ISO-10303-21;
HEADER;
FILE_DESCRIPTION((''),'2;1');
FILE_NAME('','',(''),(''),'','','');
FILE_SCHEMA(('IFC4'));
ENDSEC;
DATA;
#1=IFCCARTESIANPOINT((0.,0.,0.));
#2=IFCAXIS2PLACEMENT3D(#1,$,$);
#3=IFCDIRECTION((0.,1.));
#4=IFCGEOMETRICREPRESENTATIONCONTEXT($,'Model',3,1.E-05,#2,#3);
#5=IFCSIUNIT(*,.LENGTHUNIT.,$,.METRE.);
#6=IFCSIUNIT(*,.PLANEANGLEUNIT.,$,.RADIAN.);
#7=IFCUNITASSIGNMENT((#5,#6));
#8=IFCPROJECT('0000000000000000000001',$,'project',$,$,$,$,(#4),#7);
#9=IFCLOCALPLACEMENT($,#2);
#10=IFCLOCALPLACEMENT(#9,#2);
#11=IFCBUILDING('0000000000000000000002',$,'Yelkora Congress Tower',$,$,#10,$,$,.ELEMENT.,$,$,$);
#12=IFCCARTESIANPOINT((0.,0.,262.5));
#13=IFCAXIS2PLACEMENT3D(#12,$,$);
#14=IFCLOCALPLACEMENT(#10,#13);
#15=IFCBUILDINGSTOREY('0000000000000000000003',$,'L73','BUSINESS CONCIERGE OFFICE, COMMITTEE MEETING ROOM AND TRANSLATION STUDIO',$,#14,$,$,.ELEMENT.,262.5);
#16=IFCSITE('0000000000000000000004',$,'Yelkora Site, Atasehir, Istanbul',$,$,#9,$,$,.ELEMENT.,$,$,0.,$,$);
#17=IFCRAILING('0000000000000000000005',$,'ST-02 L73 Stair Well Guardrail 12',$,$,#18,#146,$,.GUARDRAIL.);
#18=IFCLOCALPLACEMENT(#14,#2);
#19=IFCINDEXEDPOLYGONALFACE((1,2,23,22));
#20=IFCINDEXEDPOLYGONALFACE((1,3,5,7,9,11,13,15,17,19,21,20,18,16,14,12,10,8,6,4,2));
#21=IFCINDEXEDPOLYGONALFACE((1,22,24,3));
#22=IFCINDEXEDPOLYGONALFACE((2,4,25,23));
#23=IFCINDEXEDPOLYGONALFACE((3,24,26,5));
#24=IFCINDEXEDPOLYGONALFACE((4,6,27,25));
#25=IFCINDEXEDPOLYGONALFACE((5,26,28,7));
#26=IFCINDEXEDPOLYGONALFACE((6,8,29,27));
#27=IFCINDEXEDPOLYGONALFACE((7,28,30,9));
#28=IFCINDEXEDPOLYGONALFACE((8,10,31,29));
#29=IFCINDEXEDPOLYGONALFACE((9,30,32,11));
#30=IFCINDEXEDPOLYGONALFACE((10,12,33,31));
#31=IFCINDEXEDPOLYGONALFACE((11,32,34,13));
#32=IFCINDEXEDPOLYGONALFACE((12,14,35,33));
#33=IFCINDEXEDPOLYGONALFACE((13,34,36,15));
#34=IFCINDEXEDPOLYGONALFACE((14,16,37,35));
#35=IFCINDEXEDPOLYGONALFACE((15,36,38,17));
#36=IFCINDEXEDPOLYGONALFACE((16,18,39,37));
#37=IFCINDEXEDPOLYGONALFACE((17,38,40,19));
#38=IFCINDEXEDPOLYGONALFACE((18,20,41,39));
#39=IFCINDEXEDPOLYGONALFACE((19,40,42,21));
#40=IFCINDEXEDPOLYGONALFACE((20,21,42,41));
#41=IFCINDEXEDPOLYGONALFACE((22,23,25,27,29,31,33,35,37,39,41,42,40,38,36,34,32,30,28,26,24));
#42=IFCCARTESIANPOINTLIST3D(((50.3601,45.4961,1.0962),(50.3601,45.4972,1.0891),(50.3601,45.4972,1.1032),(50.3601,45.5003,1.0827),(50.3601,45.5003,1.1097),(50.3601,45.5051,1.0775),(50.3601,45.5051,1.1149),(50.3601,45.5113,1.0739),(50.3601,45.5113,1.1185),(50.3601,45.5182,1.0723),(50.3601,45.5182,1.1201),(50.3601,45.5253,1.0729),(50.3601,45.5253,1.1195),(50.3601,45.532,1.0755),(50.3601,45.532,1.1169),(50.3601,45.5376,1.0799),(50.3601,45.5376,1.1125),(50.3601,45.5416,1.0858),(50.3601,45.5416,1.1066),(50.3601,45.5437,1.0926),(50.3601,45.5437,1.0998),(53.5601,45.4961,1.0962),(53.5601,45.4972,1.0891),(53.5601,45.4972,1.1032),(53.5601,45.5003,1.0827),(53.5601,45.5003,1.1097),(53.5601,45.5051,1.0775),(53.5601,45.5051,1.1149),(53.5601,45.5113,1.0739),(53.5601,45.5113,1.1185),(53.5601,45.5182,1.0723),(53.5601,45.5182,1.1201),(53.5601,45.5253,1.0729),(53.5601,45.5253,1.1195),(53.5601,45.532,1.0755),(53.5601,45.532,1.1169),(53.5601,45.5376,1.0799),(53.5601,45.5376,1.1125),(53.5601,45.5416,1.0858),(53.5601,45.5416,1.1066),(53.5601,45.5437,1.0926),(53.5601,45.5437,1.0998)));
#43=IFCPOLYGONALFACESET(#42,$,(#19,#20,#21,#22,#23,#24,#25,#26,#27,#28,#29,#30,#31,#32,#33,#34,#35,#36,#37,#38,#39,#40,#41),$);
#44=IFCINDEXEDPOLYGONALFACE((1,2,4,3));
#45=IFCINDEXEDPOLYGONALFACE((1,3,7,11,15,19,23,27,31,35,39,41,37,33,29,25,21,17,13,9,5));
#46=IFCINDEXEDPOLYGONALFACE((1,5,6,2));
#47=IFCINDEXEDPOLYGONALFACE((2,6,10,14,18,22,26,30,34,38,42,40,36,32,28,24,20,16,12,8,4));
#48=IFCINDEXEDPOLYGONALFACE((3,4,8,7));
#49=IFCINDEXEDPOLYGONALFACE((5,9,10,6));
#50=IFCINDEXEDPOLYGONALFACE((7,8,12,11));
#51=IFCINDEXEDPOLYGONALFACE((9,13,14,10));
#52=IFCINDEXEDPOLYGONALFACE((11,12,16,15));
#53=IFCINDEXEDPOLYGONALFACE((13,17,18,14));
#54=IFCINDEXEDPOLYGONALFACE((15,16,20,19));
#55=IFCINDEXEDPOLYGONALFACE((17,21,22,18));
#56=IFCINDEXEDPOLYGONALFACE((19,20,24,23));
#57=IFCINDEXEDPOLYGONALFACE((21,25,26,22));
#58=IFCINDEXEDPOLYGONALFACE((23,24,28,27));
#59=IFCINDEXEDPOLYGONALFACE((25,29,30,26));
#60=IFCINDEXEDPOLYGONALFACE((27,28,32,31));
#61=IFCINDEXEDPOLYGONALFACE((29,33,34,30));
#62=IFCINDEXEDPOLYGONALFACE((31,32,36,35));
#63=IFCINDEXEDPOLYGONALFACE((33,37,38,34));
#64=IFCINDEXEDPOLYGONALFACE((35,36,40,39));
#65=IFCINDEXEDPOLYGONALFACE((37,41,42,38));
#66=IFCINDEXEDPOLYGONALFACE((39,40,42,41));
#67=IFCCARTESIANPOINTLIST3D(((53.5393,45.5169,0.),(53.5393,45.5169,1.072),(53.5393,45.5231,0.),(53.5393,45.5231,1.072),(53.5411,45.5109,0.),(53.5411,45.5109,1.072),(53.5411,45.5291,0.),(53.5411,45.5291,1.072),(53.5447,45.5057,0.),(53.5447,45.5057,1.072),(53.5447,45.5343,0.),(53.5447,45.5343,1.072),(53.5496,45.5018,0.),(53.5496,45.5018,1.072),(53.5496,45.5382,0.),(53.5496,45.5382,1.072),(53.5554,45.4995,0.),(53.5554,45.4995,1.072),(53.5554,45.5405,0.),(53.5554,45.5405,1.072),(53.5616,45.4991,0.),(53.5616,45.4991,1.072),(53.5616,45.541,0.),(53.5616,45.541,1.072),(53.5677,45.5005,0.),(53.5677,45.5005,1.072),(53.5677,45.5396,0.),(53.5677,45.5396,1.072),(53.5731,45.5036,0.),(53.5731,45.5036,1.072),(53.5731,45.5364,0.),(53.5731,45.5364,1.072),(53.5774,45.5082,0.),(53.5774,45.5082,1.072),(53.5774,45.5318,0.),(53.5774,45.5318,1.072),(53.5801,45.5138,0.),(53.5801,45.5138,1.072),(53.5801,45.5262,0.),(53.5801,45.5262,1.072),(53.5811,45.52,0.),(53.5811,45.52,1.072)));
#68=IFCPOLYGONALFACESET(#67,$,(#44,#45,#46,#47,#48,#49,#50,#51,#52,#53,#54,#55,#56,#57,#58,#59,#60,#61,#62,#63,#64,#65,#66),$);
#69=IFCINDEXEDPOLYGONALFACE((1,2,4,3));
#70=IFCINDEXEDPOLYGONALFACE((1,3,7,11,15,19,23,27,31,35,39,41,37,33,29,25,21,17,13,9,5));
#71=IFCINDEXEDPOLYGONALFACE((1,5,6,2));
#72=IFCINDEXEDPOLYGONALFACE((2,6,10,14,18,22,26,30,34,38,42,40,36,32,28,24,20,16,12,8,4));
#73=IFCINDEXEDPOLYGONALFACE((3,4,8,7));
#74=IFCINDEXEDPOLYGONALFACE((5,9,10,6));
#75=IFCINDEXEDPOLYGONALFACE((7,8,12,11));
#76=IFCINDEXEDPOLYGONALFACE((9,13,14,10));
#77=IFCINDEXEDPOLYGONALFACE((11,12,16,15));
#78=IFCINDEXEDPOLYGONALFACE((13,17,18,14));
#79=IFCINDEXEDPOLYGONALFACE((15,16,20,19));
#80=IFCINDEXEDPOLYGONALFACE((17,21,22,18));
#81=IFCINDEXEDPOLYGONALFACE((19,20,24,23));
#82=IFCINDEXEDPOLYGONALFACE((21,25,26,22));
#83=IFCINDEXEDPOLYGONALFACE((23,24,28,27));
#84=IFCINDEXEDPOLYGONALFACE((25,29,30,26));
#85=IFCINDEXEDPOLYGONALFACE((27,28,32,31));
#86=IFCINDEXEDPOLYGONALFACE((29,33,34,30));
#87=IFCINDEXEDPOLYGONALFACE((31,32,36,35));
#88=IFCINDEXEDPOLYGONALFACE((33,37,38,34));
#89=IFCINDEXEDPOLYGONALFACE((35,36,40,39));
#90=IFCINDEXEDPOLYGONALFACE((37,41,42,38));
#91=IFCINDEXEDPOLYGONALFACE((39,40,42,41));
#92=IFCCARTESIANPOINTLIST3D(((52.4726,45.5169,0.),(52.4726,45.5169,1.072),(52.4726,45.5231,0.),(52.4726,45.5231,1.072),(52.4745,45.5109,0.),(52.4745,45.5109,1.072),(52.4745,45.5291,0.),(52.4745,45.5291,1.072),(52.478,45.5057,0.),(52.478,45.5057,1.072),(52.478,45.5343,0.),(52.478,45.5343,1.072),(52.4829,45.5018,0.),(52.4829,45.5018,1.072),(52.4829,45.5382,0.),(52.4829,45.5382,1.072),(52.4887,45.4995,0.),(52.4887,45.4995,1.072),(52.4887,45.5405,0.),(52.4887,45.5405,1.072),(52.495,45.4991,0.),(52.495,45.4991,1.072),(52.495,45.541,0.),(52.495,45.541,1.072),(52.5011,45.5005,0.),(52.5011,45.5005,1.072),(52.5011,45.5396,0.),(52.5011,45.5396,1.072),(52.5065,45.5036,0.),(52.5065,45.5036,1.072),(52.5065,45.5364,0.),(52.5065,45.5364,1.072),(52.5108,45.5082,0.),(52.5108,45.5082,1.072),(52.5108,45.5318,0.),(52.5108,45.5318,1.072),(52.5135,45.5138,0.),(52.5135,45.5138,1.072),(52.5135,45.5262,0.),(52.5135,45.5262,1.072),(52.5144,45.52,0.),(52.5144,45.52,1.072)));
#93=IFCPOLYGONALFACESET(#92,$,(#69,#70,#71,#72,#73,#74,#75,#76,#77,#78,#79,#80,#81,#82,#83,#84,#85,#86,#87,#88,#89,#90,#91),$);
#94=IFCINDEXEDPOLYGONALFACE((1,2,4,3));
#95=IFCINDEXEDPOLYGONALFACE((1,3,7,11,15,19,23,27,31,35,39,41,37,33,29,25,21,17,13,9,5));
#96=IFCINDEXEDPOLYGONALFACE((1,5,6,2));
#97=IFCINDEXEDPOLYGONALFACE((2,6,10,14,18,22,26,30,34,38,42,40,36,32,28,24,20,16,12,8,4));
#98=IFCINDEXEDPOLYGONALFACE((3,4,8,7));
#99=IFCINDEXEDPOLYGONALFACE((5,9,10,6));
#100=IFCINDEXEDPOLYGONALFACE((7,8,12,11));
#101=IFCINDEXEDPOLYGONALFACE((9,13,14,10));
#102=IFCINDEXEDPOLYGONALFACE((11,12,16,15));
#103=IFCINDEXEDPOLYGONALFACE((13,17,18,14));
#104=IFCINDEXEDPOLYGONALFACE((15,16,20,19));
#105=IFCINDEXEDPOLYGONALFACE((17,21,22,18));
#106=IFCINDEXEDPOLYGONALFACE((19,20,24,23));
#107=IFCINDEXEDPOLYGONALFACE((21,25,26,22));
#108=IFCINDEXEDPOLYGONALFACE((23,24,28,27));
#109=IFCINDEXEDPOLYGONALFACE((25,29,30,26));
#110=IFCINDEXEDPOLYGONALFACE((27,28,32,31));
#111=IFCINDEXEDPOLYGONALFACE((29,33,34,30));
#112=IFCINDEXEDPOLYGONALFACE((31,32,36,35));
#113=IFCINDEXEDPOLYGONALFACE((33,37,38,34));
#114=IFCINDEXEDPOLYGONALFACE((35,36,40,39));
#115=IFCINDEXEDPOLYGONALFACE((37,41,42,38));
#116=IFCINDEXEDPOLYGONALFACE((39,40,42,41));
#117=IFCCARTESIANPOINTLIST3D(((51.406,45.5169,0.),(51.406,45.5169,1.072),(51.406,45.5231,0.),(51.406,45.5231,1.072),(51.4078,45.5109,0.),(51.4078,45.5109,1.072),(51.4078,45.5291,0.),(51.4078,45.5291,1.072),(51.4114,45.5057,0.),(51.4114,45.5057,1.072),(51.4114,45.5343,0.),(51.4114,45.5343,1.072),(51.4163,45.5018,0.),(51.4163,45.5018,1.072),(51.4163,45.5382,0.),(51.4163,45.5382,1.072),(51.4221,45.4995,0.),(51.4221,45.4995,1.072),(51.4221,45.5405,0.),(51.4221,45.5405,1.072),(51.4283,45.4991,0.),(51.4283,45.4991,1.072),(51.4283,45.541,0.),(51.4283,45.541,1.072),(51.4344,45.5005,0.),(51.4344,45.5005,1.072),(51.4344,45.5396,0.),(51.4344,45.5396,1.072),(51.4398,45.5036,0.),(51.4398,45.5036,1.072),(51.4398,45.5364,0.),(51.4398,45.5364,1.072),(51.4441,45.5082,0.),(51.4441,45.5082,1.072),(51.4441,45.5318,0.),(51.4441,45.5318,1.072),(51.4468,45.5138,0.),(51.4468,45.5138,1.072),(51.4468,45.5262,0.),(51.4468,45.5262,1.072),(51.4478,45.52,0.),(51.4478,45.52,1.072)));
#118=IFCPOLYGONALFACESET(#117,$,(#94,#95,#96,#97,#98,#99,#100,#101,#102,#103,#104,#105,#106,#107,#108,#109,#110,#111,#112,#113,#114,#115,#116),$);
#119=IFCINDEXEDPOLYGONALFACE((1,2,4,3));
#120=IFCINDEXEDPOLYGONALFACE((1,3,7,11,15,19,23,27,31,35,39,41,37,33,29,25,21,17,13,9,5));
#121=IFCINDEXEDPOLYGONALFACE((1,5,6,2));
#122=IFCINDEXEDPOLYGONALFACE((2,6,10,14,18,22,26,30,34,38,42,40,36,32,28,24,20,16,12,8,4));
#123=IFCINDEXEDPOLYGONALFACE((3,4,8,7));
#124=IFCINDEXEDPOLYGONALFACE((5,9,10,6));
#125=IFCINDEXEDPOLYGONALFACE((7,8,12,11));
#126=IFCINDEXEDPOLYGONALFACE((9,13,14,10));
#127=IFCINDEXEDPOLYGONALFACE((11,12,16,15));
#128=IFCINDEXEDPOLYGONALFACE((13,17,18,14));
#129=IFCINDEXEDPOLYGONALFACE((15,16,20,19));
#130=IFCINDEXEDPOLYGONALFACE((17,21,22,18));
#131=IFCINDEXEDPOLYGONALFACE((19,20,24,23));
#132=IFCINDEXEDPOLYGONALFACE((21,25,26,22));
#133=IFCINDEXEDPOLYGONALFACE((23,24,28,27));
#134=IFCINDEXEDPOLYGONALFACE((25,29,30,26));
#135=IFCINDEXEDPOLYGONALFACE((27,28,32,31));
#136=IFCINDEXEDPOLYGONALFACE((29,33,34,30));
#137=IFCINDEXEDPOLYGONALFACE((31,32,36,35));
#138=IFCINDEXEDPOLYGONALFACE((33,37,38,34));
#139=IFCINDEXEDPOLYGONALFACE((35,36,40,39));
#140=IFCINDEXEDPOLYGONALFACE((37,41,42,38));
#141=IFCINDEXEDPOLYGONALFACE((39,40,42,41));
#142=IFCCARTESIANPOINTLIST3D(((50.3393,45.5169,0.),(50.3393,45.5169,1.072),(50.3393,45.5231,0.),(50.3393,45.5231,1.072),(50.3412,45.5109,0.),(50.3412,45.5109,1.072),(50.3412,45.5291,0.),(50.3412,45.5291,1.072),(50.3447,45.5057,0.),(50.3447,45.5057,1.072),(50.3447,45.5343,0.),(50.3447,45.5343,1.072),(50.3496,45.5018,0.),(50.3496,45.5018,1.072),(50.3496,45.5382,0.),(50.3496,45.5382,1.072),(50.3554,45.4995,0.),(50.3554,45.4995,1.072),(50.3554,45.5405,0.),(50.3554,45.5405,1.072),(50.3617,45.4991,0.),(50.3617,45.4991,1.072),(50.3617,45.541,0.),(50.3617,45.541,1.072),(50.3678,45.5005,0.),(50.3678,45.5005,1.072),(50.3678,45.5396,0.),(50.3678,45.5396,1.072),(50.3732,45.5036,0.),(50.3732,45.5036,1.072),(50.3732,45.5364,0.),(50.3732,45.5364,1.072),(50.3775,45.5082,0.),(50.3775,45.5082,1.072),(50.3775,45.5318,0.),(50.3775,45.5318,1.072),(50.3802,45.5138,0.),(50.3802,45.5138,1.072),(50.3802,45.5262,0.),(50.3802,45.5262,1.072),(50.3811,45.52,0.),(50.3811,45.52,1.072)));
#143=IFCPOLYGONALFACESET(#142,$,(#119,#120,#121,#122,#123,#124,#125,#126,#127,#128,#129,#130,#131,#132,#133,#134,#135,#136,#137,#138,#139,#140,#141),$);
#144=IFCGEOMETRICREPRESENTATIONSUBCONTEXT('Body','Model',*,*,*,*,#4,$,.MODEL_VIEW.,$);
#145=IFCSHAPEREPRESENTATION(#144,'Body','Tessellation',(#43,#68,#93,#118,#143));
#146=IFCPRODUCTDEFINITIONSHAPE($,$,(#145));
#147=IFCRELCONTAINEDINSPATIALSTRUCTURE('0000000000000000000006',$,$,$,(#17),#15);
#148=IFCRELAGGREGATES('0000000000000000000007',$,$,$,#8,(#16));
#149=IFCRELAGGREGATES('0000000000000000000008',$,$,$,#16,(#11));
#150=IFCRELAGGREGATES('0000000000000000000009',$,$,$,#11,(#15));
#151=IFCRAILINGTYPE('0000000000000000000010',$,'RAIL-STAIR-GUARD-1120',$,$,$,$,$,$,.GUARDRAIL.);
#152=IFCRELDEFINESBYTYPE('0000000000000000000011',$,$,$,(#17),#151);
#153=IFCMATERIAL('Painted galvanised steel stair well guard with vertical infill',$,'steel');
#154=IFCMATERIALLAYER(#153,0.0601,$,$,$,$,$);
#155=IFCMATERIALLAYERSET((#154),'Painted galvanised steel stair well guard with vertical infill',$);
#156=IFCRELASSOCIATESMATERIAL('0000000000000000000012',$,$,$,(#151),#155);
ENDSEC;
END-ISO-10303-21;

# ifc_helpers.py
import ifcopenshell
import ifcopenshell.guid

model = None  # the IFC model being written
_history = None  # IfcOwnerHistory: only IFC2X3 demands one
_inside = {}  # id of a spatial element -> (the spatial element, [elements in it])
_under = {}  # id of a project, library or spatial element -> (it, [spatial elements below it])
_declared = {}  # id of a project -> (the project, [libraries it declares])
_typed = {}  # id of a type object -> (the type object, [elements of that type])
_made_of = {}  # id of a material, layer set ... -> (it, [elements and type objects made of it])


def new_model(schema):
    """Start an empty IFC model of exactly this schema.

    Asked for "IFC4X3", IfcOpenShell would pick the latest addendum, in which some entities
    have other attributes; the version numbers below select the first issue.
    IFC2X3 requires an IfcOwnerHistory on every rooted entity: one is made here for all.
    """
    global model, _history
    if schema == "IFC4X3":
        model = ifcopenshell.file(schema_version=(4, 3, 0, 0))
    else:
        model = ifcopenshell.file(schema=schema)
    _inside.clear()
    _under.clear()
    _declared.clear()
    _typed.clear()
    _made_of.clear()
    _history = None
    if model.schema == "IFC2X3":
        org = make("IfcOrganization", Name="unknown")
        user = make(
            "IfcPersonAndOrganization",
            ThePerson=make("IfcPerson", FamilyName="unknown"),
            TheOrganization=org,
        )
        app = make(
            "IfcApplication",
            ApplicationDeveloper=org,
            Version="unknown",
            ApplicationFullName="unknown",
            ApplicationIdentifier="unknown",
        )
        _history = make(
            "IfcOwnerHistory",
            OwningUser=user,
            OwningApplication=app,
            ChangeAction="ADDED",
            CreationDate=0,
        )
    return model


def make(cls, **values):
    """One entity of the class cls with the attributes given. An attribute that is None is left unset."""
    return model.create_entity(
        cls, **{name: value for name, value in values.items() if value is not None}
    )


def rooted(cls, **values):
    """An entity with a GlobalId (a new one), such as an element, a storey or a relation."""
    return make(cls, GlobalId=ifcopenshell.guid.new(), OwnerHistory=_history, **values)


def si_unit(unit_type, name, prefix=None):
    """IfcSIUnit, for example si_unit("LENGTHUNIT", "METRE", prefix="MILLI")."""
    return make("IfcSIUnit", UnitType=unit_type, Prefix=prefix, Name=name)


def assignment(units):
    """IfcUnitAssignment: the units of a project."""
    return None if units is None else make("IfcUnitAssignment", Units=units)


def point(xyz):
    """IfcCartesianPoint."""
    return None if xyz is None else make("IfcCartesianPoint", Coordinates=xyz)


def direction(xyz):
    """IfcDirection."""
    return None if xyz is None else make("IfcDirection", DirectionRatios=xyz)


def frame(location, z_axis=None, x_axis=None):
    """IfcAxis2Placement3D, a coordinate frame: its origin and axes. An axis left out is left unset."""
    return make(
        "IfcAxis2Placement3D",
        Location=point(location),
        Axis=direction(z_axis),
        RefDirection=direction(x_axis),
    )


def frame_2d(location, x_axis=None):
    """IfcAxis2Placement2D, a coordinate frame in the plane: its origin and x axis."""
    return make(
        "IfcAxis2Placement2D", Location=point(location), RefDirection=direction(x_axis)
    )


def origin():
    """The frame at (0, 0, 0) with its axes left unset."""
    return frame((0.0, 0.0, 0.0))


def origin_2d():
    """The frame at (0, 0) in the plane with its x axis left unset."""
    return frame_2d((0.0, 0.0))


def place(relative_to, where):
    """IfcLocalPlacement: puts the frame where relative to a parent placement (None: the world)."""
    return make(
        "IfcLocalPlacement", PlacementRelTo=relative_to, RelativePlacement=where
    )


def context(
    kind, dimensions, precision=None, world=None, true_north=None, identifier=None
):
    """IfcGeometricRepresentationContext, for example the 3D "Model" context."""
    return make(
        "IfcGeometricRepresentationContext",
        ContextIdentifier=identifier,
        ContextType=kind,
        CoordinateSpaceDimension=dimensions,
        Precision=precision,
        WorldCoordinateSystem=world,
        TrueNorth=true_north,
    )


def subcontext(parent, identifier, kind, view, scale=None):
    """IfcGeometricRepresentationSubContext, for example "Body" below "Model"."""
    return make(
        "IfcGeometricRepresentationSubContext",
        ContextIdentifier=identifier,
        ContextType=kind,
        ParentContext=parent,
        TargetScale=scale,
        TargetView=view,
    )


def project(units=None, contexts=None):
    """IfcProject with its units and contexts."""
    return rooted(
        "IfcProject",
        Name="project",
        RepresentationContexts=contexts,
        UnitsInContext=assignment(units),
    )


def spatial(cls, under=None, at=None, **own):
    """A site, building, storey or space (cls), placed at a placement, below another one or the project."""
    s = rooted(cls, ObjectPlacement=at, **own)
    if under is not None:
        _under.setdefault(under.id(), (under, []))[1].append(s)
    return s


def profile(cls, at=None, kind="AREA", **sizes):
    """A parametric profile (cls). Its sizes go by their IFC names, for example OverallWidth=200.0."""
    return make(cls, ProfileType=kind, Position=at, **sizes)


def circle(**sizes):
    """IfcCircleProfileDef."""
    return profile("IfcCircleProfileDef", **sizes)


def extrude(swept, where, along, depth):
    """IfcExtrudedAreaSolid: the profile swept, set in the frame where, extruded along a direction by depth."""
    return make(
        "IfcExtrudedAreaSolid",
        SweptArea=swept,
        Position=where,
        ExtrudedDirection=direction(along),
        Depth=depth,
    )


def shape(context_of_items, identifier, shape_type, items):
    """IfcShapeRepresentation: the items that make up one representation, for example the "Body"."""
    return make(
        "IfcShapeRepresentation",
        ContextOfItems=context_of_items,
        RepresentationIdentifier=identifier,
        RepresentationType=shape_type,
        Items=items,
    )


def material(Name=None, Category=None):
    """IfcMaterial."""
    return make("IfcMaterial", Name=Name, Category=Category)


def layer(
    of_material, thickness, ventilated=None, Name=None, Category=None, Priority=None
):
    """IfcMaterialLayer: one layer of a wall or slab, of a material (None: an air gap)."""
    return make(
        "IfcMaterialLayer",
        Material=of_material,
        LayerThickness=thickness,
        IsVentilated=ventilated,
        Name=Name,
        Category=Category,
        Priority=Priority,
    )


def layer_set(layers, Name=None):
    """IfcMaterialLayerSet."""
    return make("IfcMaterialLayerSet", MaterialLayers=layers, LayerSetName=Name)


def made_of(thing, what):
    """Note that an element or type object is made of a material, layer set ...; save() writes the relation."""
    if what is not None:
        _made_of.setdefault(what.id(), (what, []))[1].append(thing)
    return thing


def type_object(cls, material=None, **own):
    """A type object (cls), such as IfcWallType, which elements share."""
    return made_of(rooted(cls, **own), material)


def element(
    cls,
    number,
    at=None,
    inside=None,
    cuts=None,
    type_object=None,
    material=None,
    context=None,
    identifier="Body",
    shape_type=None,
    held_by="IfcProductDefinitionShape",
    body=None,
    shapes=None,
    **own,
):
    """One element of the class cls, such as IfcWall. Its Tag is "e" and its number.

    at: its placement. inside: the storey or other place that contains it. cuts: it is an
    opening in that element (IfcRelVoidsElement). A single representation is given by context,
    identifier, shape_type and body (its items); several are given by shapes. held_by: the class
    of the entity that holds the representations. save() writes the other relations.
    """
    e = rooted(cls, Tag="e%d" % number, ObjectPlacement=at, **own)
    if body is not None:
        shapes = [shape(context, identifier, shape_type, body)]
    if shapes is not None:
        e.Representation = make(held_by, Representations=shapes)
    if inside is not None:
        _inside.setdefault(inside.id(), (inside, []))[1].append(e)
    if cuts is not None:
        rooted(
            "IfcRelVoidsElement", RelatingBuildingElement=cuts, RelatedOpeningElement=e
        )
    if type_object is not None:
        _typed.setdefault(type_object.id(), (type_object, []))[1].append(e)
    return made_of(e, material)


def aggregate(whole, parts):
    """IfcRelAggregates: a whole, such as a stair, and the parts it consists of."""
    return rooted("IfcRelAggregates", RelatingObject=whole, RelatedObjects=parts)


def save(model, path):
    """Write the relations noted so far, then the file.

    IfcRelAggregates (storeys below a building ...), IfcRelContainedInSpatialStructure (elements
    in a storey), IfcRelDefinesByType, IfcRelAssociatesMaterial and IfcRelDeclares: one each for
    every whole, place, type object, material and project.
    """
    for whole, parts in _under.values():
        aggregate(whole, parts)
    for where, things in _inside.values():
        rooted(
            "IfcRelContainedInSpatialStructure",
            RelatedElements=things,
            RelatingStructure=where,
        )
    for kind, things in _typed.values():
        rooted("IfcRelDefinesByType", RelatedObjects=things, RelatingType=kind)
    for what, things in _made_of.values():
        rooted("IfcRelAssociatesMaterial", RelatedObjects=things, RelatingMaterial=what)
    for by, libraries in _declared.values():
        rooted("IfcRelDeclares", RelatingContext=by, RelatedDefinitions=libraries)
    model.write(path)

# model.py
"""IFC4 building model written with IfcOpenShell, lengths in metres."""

from ifc_helpers import new_model, si_unit, direction, frame, origin, origin_2d, place, context, subcontext, project, spatial, circle, extrude, material, layer, layer_set, type_object, element, save


model = new_model("IFC4")

# Units and contexts
model_context = context("Model", 3, precision=1e-05, world=origin(), true_north=direction((0.0, 1.0)))
body_context = subcontext(model_context, "Body", "Model", "MODEL_VIEW")
ifc_project = project(units=[si_unit("LENGTHUNIT", "METRE"), si_unit("PLANEANGLEUNIT", "RADIAN")], contexts=[model_context])

# Site, building, storey
site_placement = place(None, origin())
site = spatial("IfcSite", under=ifc_project, at=site_placement, Name="Yelkora Site, Atasehir, Istanbul", CompositionType="ELEMENT", RefElevation=0.0)
building_placement = place(site_placement, origin())
building = spatial("IfcBuilding", under=site, at=building_placement, Name="Yelkora Congress Tower", CompositionType="ELEMENT")
storey_placement = place(building_placement, frame((0.0, 0.0, 262.5)))
storey = spatial("IfcBuildingStorey", under=building, at=storey_placement, Name="L73", Description="BUSINESS CONCIERGE OFFICE, COMMITTEE MEETING ROOM AND TRANSLATION STUDIO", CompositionType="ELEMENT", Elevation=262.5)

# Railing
ifc_material_1 = material(Name="Painted galvanised steel stair well guard with vertical infill", Category="steel")
ifc_layer_1 = layer(ifc_material_1, 0.0601)
ifc_layer_set_1 = layer_set([ifc_layer_1], Name="Painted galvanised steel stair well guard with vertical infill")
railing_type_1 = type_object("IfcRailingType", Name="RAIL-STAIR-GUARD-1120", PredefinedType="GUARDRAIL", material=ifc_layer_set_1)
railing_1_placement = place(storey_placement, frame((53.5601, 45.52, 0.0)))
element("IfcRailing", 1, at=railing_1_placement, inside=storey, type_object=railing_type_1, Name="ST-02 L73 Stair Well Guardrail 12", PredefinedType="GUARDRAIL", context=body_context, shape_type="SweptSolid", body=[
    extrude(circle(Radius=0.0239, at=origin_2d()), frame((0.0, 0.0, 1.0962), z_axis=(-1.0, 0.0, 0.0), x_axis=(0.0, -1.0, 0.0)), (0.0, 0.0, 1.0), 3.2),
    extrude(circle(Radius=0.021, at=origin_2d()), origin(), (0.0, 0.0, 1.0), 1.072),
    extrude(circle(Radius=0.021, at=origin_2d()), frame((-1.0667, 0.0, 0.0)), (0.0, 0.0, 1.0), 1.072),
    extrude(circle(Radius=0.021, at=origin_2d()), frame((-2.1333, 0.0, 0.0)), (0.0, 0.0, 1.0), 1.072),
    extrude(circle(Radius=0.021, at=origin_2d()), frame((-3.2, 0.0, 0.0)), (0.0, 0.0, 1.0), 1.072),
])

save(model, "model.ifc")
